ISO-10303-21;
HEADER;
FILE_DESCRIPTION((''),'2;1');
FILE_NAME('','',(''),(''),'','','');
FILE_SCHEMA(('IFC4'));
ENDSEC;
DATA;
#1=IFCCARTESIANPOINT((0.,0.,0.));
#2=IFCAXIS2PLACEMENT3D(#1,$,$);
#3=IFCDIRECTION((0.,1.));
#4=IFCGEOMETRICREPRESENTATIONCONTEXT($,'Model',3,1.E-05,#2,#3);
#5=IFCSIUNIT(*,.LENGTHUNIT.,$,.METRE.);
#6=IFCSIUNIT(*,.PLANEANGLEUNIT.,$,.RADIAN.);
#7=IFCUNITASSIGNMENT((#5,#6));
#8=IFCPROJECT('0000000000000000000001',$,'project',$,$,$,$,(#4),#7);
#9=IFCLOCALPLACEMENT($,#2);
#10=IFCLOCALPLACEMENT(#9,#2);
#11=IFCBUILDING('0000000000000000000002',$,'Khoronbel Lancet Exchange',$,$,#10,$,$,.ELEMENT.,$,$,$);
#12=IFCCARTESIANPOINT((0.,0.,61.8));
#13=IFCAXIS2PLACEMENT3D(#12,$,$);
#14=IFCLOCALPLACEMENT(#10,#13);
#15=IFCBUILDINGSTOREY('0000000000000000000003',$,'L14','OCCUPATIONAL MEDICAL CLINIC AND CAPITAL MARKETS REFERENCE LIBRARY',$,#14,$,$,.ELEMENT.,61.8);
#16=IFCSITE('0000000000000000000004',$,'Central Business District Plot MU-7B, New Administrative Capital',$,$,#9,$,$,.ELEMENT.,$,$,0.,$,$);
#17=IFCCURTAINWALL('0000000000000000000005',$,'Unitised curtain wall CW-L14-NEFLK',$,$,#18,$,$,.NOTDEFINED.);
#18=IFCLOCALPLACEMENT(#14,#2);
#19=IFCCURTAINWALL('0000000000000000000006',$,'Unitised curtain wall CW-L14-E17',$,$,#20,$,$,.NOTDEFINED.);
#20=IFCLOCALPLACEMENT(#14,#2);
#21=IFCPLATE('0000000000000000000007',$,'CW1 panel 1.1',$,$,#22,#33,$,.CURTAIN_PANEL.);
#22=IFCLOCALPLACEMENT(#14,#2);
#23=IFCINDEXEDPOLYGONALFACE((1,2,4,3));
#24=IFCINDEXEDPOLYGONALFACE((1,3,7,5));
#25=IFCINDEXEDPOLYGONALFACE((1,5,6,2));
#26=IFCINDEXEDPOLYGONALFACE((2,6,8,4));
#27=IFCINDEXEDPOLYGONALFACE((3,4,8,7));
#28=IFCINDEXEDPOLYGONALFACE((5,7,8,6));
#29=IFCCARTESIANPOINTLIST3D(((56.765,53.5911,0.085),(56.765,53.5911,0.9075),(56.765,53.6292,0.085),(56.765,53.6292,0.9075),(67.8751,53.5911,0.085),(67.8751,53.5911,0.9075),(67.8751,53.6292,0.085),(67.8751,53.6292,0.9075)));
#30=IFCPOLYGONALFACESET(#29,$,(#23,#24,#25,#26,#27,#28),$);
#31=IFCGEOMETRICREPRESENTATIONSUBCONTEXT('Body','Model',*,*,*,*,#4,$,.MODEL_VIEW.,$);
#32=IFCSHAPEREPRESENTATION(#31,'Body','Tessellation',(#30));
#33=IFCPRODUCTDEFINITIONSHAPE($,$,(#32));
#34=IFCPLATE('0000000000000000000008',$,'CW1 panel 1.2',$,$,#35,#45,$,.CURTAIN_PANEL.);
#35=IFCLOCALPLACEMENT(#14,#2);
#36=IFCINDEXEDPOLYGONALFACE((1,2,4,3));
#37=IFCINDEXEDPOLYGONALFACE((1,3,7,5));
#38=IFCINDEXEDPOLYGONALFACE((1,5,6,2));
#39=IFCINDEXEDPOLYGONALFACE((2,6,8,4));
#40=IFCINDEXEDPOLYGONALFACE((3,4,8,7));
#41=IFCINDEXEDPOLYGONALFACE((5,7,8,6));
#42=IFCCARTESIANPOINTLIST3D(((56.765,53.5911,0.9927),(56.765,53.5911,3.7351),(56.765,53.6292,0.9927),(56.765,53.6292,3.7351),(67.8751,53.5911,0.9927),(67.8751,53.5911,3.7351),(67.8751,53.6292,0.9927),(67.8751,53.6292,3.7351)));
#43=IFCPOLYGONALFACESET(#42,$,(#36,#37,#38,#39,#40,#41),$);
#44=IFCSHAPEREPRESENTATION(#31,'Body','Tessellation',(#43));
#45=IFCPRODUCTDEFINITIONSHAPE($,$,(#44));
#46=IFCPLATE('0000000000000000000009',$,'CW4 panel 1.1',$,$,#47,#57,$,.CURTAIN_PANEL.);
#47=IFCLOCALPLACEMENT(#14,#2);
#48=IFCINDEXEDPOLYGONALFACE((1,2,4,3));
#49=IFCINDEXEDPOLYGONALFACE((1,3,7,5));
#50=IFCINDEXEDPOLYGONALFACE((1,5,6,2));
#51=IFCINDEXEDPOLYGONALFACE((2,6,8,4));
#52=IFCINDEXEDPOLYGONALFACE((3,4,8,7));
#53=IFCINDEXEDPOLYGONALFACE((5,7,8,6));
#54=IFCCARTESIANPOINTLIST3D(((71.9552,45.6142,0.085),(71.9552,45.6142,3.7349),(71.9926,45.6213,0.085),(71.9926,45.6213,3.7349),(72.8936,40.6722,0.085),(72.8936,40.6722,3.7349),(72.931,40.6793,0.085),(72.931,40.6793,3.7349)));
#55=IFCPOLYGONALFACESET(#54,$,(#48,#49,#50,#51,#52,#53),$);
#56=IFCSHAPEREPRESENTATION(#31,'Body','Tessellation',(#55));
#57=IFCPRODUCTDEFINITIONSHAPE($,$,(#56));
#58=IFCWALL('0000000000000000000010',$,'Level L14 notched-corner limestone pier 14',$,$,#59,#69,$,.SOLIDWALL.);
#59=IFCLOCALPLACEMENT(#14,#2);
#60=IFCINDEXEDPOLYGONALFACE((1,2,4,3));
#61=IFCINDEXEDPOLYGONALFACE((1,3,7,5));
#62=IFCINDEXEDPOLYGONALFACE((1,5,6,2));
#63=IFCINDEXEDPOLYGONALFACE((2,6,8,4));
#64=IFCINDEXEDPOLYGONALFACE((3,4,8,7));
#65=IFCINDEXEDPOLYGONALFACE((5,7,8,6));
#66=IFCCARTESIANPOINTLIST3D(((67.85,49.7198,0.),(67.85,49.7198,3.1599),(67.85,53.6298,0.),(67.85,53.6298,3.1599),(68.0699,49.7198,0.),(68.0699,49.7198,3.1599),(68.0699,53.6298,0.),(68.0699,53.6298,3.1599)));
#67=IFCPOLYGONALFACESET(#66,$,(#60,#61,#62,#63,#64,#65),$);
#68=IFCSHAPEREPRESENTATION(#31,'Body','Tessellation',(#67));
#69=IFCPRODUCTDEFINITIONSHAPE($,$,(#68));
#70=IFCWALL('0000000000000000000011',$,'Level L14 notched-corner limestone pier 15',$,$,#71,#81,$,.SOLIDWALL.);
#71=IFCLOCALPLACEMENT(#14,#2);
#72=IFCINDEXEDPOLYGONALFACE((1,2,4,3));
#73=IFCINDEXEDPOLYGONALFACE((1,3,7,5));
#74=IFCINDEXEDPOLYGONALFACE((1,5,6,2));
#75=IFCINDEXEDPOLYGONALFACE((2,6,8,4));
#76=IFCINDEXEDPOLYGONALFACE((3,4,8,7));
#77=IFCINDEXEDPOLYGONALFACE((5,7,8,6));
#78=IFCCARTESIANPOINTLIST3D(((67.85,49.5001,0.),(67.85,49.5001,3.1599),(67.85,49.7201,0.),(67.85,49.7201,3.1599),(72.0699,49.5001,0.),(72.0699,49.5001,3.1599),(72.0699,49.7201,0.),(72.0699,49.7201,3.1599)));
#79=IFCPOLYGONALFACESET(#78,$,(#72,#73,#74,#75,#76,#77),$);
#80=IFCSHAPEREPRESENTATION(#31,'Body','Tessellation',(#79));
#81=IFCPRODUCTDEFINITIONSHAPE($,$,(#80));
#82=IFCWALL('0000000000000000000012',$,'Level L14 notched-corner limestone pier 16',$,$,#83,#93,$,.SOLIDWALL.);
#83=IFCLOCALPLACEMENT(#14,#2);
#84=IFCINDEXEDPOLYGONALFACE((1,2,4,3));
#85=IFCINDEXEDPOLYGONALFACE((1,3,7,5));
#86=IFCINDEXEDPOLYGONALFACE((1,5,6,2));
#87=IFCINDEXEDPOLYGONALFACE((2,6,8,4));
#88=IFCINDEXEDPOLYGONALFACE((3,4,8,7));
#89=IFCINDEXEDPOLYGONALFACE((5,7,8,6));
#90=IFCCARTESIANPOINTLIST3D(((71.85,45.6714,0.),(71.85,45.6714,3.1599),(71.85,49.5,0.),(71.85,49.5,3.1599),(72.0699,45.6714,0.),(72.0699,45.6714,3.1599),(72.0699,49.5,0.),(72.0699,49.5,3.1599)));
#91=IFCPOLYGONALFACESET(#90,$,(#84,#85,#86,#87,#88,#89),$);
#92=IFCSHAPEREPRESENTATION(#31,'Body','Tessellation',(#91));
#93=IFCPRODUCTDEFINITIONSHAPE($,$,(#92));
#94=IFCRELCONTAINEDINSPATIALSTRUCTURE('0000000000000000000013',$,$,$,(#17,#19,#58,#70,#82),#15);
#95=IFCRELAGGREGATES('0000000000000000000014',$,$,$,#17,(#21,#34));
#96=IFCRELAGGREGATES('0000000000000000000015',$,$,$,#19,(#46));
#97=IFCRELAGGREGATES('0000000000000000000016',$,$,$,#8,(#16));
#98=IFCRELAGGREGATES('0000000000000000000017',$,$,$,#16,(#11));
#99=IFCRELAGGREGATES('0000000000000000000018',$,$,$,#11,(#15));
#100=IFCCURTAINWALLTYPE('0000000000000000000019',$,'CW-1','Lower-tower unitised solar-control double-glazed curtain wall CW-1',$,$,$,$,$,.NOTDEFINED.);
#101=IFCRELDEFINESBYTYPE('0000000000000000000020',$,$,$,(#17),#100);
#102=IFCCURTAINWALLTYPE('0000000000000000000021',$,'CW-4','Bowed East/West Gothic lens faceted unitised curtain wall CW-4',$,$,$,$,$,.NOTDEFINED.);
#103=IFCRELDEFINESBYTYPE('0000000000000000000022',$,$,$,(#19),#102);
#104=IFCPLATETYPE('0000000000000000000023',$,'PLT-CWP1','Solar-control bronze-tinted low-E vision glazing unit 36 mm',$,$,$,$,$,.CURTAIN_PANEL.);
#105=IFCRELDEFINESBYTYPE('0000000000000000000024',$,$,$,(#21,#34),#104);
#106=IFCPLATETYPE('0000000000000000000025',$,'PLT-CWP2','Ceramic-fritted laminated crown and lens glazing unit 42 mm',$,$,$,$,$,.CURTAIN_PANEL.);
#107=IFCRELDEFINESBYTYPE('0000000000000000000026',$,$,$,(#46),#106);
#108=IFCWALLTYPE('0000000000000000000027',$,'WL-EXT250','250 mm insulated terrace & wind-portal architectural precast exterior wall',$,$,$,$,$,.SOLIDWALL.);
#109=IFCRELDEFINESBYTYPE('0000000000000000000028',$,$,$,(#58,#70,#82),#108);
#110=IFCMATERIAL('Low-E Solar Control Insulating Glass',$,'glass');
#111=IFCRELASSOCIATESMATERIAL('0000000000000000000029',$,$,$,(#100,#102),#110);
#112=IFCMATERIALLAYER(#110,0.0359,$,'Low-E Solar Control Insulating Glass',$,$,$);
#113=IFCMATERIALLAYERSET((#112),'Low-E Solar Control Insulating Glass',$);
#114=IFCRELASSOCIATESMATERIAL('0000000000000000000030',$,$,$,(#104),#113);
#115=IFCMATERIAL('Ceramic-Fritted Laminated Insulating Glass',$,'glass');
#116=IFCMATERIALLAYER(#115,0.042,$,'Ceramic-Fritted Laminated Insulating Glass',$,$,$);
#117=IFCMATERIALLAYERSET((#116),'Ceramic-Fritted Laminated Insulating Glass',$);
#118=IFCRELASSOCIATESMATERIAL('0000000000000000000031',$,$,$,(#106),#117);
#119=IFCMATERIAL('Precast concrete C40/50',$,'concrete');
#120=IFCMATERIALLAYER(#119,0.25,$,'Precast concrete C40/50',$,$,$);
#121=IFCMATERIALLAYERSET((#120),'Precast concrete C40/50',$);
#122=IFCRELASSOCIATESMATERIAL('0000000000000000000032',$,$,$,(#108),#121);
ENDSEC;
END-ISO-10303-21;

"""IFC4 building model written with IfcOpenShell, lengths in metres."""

from ifc_helpers import new_model, si_unit, direction, frame, frame_2d, origin, origin_2d, place, context, subcontext, project, spatial, rectangle, extrude, material, layer, layer_set, type_object, element, aggregate, save


model = new_model("IFC4")

# Units and contexts
model_context = context("Model", 3, precision=1e-05, world=origin(), true_north=direction((0.0, 1.0)))
body_context = subcontext(model_context, "Body", "Model", "MODEL_VIEW")
ifc_project = project(units=[si_unit("LENGTHUNIT", "METRE"), si_unit("PLANEANGLEUNIT", "RADIAN")], contexts=[model_context])

# Site, building, storey
site_placement = place(None, origin())
site = spatial("IfcSite", under=ifc_project, at=site_placement, Name="Central Business District Plot MU-7B, New Administrative Capital", CompositionType="ELEMENT", RefElevation=0.0)
building_placement = place(site_placement, origin())
building = spatial("IfcBuilding", under=site, at=building_placement, Name="Khoronbel Lancet Exchange", CompositionType="ELEMENT")
storey_placement = place(building_placement, frame((0.0, 0.0, 61.8)))
storey = spatial("IfcBuildingStorey", under=building, at=storey_placement, Name="L14", Description="OCCUPATIONAL MEDICAL CLINIC AND CAPITAL MARKETS REFERENCE LIBRARY", CompositionType="ELEMENT", Elevation=61.8)

# Curtain wall
ifc_material_1 = material(Name="Low-E Solar Control Insulating Glass", Category="glass")
curtain_wall_type_1 = type_object("IfcCurtainWallType", Name="CW-1", Description="Lower-tower unitised solar-control double-glazed curtain wall CW-1", PredefinedType="NOTDEFINED", material=ifc_material_1)
curtain_wall_1_placement = place(storey_placement, origin())
curtain_wall_1 = element("IfcCurtainWall", 1, at=curtain_wall_1_placement, inside=storey, type_object=curtain_wall_type_1, Name="Unitised curtain wall CW-L14-NEFLK", PredefinedType="NOTDEFINED")

# Curtain wall
curtain_wall_type_2 = type_object("IfcCurtainWallType", Name="CW-4", Description="Bowed East/West Gothic lens faceted unitised curtain wall CW-4", PredefinedType="NOTDEFINED", material=ifc_material_1)
curtain_wall_2_placement = place(storey_placement, origin())
curtain_wall_2 = element("IfcCurtainWall", 2, at=curtain_wall_2_placement, inside=storey, type_object=curtain_wall_type_2, Name="Unitised curtain wall CW-L14-E17", PredefinedType="NOTDEFINED")

# Plates
ifc_layer_1 = layer(ifc_material_1, 0.0359, Name="Low-E Solar Control Insulating Glass")
ifc_layer_set_1 = layer_set([ifc_layer_1], Name="Low-E Solar Control Insulating Glass")
plate_type_1 = type_object("IfcPlateType", Name="PLT-CWP1", Description="Solar-control bronze-tinted low-E vision glazing unit 36 mm", PredefinedType="CURTAIN_PANEL", material=ifc_layer_set_1)
plate_1_placement = place(storey_placement, frame((62.3201, 53.6101, 0.085), z_axis=(0.0, 0.0, 1.0), x_axis=(-1.0, 0.0, 0.0)))
plate_1 = element("IfcPlate", 3, at=plate_1_placement, type_object=plate_type_1, Name="CW1 panel 1.1", PredefinedType="CURTAIN_PANEL", context=body_context, shape_type="SweptSolid", body=[
    extrude(rectangle(XDim=11.1101, YDim=0.0381, at=origin_2d()), origin(), (0.0, 0.0, 1.0), 0.8225),
])
plate_2_placement = place(storey_placement, frame((62.3201, 53.6101, 0.9927), z_axis=(0.0, 0.0, 1.0), x_axis=(-1.0, 0.0, 0.0)))
plate_2 = element("IfcPlate", 4, at=plate_2_placement, type_object=plate_type_1, Name="CW1 panel 1.2", PredefinedType="CURTAIN_PANEL", context=body_context, shape_type="SweptSolid", body=[
    extrude(rectangle(XDim=11.1101, YDim=0.0381, at=origin_2d()), origin(), (0.0, 0.0, 1.0), 2.7424),
])
aggregate(curtain_wall_1, [plate_1, plate_2])
ifc_material_2 = material(Name="Ceramic-Fritted Laminated Insulating Glass", Category="glass")
ifc_layer_2 = layer(ifc_material_2, 0.042, Name="Ceramic-Fritted Laminated Insulating Glass")
ifc_layer_set_2 = layer_set([ifc_layer_2], Name="Ceramic-Fritted Laminated Insulating Glass")
plate_type_2 = type_object("IfcPlateType", Name="PLT-CWP2", Description="Ceramic-fritted laminated crown and lens glazing unit 42 mm", PredefinedType="CURTAIN_PANEL", material=ifc_layer_set_2)
plate_3_placement = place(storey_placement, frame((72.4431, 43.1467, 0.085), z_axis=(0.0, 0.0, 1.0), x_axis=(0.186551, -0.982445, 0.0)))
plate_3 = element("IfcPlate", 5, at=plate_3_placement, type_object=plate_type_2, Name="CW4 panel 1.1", PredefinedType="CURTAIN_PANEL", context=body_context, shape_type="SweptSolid", body=[
    extrude(rectangle(XDim=5.0303, YDim=0.0381, at=origin_2d()), origin(), (0.0, 0.0, 1.0), 3.6499),
])
aggregate(curtain_wall_2, [plate_3])

# Walls
ifc_material_3 = material(Name="Precast concrete C40/50", Category="concrete")
ifc_layer_3 = layer(ifc_material_3, 0.25, Name="Precast concrete C40/50")
ifc_layer_set_3 = layer_set([ifc_layer_3], Name="Precast concrete C40/50")
wall_type = type_object("IfcWallType", Name="WL-EXT250", Description="250 mm insulated terrace & wind-portal architectural precast exterior wall", PredefinedType="SOLIDWALL", material=ifc_layer_set_3)
wall_1_placement = place(storey_placement, frame((67.96, 53.6299, 0.0), z_axis=(0.0, 0.0, 1.0), x_axis=(0.0, -1.0, 0.0)))
element("IfcWall", 6, at=wall_1_placement, inside=storey, type_object=wall_type, Name="Level L14 notched-corner limestone pier 14", PredefinedType="SOLIDWALL", context=body_context, shape_type="SweptSolid", body=[
    extrude(rectangle(XDim=3.9099, YDim=0.22, at=frame_2d((1.9551, 0.0))), origin(), (0.0, 0.0, 1.0), 3.1599),
])
wall_2_placement = place(storey_placement, frame((67.8501, 49.6101, 0.0), z_axis=(0.0, 0.0, 1.0), x_axis=(1.0, 0.0, 0.0)))
element("IfcWall", 7, at=wall_2_placement, inside=storey, type_object=wall_type, Name="Level L14 notched-corner limestone pier 15", PredefinedType="SOLIDWALL", context=body_context, shape_type="SweptSolid", body=[
    extrude(rectangle(XDim=4.22, YDim=0.22, at=frame_2d((2.1099, 0.0))), origin(), (0.0, 0.0, 1.0), 3.1599),
])
wall_3_placement = place(storey_placement, frame((71.96, 49.5, 0.0), z_axis=(0.0, 0.0, 1.0), x_axis=(0.0, -1.0, 0.0)))
element("IfcWall", 8, at=wall_3_placement, inside=storey, type_object=wall_type, Name="Level L14 notched-corner limestone pier 16", PredefinedType="SOLIDWALL", context=body_context, shape_type="SweptSolid", body=[
    extrude(rectangle(XDim=3.8286, YDim=0.22, at=frame_2d((1.9143, 0.0))), origin(), (0.0, 0.0, 1.0), 3.1599),
])

save(model, "model.ifc")
